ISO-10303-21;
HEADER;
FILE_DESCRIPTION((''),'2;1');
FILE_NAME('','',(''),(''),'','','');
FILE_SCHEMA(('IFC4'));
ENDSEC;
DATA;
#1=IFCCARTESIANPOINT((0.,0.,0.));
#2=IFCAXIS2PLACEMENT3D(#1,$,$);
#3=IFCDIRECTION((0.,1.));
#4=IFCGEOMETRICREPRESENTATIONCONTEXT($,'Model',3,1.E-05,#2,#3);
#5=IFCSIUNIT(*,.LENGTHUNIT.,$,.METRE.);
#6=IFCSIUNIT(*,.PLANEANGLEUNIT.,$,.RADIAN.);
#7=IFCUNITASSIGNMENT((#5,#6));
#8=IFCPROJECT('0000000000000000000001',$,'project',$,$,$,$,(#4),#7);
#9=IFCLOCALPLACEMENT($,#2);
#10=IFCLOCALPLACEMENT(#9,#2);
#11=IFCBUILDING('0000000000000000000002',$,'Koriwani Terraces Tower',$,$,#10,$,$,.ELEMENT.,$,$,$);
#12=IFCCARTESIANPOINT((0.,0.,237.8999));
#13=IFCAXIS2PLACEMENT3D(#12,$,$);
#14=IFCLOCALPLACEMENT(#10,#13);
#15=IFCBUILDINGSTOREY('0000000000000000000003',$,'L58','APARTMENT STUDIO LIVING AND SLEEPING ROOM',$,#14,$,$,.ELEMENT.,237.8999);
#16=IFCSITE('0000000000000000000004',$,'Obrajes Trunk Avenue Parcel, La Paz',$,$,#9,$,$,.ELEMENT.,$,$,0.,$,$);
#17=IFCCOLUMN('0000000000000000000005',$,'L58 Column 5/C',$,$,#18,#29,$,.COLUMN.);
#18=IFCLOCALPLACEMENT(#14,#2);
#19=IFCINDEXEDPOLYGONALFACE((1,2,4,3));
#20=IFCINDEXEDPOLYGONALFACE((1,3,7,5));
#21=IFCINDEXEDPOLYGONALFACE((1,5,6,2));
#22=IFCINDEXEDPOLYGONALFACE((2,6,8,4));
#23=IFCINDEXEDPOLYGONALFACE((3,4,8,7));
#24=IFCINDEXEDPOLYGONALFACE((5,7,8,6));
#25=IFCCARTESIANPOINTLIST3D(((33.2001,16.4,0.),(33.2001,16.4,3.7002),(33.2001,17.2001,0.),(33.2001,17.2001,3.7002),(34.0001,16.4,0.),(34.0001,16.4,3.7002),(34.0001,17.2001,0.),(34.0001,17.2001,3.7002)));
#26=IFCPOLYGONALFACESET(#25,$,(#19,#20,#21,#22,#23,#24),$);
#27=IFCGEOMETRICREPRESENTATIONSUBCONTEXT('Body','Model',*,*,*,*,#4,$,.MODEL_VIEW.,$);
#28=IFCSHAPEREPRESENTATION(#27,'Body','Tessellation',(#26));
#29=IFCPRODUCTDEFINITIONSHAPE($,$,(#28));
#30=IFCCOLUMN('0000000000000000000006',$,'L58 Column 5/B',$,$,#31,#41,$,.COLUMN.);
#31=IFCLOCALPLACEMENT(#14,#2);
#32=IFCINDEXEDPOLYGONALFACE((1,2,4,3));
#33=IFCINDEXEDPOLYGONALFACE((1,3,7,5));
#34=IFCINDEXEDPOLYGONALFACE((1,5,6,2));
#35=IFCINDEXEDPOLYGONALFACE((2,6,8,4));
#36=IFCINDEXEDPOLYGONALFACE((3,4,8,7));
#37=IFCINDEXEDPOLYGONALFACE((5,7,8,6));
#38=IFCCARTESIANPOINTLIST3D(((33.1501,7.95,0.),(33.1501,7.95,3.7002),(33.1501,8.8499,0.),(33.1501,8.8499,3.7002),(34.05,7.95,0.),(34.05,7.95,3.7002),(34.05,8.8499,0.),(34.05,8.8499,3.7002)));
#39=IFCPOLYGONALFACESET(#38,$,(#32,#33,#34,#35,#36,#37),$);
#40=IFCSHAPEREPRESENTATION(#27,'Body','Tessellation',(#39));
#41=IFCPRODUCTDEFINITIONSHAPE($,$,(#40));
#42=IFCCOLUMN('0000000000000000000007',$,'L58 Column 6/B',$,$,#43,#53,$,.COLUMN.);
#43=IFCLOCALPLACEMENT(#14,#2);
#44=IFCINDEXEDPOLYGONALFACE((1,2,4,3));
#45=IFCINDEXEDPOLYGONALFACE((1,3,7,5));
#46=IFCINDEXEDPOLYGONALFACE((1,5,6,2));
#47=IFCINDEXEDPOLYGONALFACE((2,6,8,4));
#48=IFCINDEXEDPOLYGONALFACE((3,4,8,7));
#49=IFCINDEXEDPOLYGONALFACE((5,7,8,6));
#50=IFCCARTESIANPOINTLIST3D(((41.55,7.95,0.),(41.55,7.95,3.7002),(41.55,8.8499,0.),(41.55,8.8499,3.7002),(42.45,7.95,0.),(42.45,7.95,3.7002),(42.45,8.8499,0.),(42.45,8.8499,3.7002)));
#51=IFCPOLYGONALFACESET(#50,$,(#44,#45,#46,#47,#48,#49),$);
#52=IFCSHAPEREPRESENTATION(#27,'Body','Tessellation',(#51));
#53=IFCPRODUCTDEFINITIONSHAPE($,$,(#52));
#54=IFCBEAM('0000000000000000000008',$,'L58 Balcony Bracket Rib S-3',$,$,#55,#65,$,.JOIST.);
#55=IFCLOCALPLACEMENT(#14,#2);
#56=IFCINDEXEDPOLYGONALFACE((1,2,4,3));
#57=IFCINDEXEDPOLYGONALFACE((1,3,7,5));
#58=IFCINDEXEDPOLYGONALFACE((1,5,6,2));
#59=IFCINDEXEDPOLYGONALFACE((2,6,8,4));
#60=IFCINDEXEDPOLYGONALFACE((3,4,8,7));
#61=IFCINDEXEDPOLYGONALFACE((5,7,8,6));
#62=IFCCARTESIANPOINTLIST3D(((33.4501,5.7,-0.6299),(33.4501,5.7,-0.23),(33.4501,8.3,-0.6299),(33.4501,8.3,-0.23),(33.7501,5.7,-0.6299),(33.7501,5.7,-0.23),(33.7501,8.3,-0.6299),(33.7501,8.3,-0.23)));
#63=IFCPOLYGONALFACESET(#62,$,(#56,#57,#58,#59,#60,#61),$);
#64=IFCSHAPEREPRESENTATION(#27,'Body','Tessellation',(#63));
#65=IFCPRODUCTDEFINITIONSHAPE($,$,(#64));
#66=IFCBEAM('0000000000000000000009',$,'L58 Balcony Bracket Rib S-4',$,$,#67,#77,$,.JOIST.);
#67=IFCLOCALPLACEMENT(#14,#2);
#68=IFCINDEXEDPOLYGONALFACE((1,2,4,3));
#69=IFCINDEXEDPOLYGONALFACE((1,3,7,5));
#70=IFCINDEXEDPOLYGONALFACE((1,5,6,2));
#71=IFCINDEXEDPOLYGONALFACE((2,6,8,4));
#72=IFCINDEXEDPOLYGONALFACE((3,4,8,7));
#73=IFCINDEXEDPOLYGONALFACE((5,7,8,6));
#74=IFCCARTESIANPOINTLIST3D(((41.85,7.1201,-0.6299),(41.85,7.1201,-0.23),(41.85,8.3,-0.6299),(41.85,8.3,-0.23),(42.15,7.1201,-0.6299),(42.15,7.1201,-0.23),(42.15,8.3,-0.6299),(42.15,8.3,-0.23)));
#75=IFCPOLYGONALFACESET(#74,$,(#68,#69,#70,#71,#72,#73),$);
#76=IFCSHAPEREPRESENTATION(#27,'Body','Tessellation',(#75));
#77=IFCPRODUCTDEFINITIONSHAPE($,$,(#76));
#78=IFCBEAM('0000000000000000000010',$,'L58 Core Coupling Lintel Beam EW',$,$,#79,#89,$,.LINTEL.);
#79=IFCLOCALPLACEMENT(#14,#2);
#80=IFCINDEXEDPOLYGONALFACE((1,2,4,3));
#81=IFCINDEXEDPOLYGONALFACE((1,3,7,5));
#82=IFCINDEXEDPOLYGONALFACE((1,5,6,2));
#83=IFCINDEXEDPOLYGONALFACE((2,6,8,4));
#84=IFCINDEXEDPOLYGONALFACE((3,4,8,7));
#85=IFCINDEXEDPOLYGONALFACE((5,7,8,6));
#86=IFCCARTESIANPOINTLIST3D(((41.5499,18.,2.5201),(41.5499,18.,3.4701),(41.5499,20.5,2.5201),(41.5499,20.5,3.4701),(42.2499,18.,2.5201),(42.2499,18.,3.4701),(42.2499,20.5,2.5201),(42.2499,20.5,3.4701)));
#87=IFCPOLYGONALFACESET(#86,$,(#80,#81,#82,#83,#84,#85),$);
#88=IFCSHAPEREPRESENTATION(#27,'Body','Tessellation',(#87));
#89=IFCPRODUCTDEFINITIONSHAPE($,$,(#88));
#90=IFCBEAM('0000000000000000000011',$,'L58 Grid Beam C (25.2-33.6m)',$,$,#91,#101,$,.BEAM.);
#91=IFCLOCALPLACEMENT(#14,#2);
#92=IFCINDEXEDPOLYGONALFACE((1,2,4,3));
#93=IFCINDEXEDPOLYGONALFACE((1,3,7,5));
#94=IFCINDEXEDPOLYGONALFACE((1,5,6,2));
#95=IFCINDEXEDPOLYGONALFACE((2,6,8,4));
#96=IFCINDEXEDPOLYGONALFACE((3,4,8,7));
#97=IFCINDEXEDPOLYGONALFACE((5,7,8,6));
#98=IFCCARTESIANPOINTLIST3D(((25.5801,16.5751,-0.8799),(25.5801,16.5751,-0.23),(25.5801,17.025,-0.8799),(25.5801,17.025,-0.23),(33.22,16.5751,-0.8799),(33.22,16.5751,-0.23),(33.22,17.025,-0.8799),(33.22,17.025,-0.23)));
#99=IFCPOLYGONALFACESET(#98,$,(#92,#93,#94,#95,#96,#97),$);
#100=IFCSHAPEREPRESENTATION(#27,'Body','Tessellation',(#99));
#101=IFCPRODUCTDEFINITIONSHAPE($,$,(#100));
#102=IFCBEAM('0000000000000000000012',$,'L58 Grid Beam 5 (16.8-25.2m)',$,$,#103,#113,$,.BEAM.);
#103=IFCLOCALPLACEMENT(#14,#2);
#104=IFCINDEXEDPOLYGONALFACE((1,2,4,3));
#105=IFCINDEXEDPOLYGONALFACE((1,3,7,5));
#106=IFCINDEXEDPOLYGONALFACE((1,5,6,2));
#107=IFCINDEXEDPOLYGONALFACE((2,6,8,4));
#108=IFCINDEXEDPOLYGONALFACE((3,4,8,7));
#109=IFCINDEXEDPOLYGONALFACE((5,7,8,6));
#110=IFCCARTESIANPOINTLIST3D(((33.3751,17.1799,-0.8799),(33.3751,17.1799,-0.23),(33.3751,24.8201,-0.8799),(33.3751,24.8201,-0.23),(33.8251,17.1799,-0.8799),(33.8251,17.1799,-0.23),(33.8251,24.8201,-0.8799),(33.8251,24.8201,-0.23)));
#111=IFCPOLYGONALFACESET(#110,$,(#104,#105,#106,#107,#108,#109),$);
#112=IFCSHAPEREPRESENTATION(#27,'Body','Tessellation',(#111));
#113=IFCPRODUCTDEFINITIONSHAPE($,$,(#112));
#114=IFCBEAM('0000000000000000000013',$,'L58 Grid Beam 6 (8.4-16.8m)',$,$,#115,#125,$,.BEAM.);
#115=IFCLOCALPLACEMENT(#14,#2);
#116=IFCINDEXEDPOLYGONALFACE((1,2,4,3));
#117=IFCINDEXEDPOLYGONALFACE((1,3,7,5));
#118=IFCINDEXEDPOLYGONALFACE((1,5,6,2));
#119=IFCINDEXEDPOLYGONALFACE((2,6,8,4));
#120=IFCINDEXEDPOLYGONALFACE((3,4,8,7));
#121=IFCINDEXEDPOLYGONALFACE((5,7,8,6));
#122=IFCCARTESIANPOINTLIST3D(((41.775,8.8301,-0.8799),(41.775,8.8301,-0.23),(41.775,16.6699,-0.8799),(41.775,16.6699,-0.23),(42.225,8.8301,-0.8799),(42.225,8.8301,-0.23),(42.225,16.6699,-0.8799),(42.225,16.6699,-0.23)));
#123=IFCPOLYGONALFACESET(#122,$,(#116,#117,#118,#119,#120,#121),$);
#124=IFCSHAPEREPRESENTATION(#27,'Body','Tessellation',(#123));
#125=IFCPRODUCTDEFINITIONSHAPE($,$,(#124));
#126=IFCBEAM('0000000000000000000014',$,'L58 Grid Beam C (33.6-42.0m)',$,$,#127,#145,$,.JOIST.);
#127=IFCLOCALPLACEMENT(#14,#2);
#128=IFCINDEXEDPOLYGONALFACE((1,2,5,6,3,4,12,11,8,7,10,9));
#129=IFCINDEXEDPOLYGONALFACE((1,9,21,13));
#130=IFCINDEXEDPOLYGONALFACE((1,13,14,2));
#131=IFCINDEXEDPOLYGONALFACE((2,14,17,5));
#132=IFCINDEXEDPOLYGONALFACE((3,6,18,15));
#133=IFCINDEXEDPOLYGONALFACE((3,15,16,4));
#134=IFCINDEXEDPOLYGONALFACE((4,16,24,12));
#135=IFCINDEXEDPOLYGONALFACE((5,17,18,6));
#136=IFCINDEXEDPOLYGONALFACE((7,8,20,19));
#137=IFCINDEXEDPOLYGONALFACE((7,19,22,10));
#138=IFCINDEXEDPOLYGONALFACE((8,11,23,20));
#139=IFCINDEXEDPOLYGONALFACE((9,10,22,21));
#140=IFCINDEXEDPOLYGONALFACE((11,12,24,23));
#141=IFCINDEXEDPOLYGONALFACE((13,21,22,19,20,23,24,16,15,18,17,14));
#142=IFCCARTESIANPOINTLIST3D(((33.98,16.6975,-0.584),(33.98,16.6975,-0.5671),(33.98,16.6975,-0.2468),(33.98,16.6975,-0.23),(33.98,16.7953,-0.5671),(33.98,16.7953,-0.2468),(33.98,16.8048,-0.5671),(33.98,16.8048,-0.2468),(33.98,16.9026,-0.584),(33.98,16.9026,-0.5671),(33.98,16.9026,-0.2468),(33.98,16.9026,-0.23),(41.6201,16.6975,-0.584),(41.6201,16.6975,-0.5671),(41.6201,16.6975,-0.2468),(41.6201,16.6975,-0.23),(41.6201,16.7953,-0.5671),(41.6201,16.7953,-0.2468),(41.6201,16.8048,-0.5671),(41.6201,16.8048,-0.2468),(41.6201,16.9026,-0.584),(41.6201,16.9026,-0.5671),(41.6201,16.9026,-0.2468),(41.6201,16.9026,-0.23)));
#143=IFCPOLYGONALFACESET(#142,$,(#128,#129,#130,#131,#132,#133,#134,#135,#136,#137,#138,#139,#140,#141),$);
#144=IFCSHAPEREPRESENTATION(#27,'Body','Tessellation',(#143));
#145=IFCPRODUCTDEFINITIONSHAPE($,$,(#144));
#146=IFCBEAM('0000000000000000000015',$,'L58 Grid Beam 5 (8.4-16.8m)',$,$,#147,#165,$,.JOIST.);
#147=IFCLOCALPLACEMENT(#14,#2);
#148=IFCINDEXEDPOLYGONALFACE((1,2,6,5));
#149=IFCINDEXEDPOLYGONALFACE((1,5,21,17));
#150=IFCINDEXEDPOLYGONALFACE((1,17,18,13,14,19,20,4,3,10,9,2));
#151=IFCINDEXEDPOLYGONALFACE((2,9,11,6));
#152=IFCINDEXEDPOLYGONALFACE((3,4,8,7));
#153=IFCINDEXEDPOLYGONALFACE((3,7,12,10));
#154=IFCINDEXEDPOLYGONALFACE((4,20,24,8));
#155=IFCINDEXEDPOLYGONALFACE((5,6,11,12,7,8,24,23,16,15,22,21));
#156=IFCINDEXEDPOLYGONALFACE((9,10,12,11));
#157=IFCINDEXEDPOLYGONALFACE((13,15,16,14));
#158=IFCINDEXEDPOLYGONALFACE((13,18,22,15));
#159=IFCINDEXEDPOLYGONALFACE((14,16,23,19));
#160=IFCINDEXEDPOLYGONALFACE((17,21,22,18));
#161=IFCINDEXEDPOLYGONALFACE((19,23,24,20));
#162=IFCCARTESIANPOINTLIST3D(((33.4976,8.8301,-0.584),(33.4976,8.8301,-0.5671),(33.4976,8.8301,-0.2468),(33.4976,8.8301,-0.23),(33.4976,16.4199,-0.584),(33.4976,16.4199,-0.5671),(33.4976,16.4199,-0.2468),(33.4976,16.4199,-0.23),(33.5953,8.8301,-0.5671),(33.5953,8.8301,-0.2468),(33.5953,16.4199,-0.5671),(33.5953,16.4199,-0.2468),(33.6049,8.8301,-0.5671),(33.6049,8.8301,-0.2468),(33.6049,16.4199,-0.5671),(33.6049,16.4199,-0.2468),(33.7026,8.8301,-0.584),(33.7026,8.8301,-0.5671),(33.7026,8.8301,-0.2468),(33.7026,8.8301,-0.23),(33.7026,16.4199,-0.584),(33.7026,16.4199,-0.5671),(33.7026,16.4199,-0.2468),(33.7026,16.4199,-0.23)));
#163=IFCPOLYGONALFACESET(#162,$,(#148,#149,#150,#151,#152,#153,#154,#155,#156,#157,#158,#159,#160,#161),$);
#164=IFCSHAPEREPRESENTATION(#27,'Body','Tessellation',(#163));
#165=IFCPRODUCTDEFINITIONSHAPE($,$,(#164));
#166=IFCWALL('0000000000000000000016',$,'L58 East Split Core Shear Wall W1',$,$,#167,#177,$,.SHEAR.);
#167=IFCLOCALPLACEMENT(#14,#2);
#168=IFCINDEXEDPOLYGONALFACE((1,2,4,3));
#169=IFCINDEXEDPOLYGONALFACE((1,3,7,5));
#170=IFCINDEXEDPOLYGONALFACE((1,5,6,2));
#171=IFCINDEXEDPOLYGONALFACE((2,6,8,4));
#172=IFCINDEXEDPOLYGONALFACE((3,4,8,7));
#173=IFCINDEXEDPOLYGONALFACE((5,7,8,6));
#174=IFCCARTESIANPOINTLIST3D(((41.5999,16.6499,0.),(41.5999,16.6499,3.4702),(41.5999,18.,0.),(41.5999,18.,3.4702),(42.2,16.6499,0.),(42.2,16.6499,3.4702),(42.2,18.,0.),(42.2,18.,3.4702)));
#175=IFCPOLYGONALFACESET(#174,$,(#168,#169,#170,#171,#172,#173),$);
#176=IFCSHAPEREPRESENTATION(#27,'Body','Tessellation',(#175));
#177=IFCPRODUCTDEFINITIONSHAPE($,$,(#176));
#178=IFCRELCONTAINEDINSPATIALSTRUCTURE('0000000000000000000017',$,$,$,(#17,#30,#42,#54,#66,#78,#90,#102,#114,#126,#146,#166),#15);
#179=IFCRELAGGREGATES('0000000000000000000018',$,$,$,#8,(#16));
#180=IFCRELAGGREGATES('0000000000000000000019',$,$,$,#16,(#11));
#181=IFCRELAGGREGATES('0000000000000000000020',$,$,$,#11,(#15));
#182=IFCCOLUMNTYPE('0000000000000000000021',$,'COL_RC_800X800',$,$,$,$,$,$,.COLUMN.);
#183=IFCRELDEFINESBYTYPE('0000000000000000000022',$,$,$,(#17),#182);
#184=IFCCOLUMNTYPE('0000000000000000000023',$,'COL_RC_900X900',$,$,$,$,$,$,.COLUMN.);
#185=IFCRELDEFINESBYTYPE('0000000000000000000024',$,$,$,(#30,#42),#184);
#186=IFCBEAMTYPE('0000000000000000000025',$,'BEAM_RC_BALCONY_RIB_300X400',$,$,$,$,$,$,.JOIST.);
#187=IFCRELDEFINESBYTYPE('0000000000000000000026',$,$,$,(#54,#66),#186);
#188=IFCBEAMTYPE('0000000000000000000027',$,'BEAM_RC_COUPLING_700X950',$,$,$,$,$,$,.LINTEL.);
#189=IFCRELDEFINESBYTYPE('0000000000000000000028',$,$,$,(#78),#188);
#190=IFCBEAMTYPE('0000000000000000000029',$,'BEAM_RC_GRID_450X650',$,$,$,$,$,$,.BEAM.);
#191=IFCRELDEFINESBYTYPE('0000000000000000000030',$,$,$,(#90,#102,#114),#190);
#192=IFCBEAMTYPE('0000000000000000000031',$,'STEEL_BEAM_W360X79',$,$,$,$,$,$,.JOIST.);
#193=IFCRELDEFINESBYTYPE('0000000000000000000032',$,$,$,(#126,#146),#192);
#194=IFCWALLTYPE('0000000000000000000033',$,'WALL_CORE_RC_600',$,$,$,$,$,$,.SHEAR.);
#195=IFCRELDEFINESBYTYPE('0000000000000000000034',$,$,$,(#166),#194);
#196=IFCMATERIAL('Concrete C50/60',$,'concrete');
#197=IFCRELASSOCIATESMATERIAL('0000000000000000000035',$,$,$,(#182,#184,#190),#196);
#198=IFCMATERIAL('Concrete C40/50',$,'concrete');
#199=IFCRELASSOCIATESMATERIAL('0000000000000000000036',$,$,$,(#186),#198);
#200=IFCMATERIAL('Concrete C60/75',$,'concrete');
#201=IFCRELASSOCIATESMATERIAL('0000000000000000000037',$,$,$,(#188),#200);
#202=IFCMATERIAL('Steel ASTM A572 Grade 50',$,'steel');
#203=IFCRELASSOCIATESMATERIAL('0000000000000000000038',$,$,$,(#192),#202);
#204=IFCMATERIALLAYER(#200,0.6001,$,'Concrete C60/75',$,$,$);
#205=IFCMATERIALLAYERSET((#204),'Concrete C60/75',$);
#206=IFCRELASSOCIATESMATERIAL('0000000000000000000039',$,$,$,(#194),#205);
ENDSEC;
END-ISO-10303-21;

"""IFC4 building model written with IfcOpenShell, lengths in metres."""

from ifc_helpers import new_model, si_unit, direction, frame, frame_2d, origin, origin_2d, place, context, subcontext, project, spatial, rectangle, i_section, extrude, material, layer, layer_set, material_profile, profile_set, type_object, element, save


model = new_model("IFC4")

# Units and contexts
model_context = context("Model", 3, precision=1e-05, world=origin(), true_north=direction((0.0, 1.0)))
body_context = subcontext(model_context, "Body", "Model", "MODEL_VIEW")
ifc_project = project(units=[si_unit("LENGTHUNIT", "METRE"), si_unit("PLANEANGLEUNIT", "RADIAN")], contexts=[model_context])

# Site, building, storey
site_placement = place(None, origin())
site = spatial("IfcSite", under=ifc_project, at=site_placement, Name="Obrajes Trunk Avenue Parcel, La Paz", CompositionType="ELEMENT", RefElevation=0.0)
building_placement = place(site_placement, origin())
building = spatial("IfcBuilding", under=site, at=building_placement, Name="Koriwani Terraces Tower", CompositionType="ELEMENT")
storey_placement = place(building_placement, frame((0.0, 0.0, 237.8999)))
storey = spatial("IfcBuildingStorey", under=building, at=storey_placement, Name="L58", Description="APARTMENT STUDIO LIVING AND SLEEPING ROOM", CompositionType="ELEMENT", Elevation=237.8999)

# Columns
ifc_material_1 = material(Name="Concrete C50/60", Category="concrete")
ifc_material_profile_1 = material_profile(ifc_material_1, rectangle(XDim=0.8, YDim=0.8, at=origin_2d()), Name="Concrete C50/60", Category="LoadBearing")
ifc_profile_set_1 = profile_set([ifc_material_profile_1], Name="Concrete C50/60")
column_type_1 = type_object("IfcColumnType", Name="COL_RC_800X800", PredefinedType="COLUMN", material=ifc_profile_set_1)
column_placement = place(storey_placement, frame((33.6001, 16.8, 0.0), z_axis=(0.0, 0.0, 1.0), x_axis=(1.0, 0.0, 0.0)))
element("IfcColumn", 1, at=column_placement, inside=storey, type_object=column_type_1, Name="L58 Column 5/C", PredefinedType="COLUMN", context=body_context, shape_type="SweptSolid", body=[
    extrude(rectangle(XDim=0.8, YDim=0.8, at=origin_2d()), origin(), (0.0, 0.0, 1.0), 3.7002),
])
ifc_material_profile_2 = material_profile(ifc_material_1, rectangle(XDim=0.8999, YDim=0.8999, at=origin_2d()), Name="Concrete C50/60", Category="LoadBearing")
ifc_profile_set_2 = profile_set([ifc_material_profile_2], Name="Concrete C50/60")
column_type_2 = type_object("IfcColumnType", Name="COL_RC_900X900", PredefinedType="COLUMN", material=ifc_profile_set_2)
for number, where, z_axis, x_axis, name in (
    (2, (33.6001, 8.3999, 0.0), (0.0, 0.0, 1.0), (1.0, 0.0, 0.0), "L58 Column 5/B"),
    (3, (42.0, 8.3999, 0.0), (0.0, 0.0, 1.0), (1.0, 0.0, 0.0), "L58 Column 6/B"),
):
    element("IfcColumn", number, at=place(storey_placement, frame(where, z_axis=z_axis, x_axis=x_axis)), inside=storey, type_object=column_type_2, Name=name, PredefinedType="COLUMN", context=body_context, shape_type="SweptSolid", body=[
        extrude(rectangle(XDim=0.8999, YDim=0.8999, at=origin_2d()), origin(), (0.0, 0.0, 1.0), 3.7002),
    ])

# Beams
ifc_material_2 = material(Name="Concrete C40/50", Category="concrete")
ifc_material_profile_3 = material_profile(ifc_material_2, rectangle(XDim=0.3, YDim=0.3999, at=origin_2d()), Name="Concrete C40/50", Category="LoadBearing")
ifc_profile_set_3 = profile_set([ifc_material_profile_3], Name="Concrete C40/50")
beam_type_1 = type_object("IfcBeamType", Name="BEAM_RC_BALCONY_RIB_300X400", PredefinedType="JOIST", material=ifc_profile_set_3)
beam_1_placement = place(storey_placement, frame((33.6001, 5.7, -0.4299), z_axis=(0.0, 1.0, 0.0), x_axis=(-1.0, 0.0, 0.0)))
element("IfcBeam", 4, at=beam_1_placement, inside=storey, type_object=beam_type_1, Name="L58 Balcony Bracket Rib S-3", PredefinedType="JOIST", context=body_context, shape_type="SweptSolid", body=[
    extrude(rectangle(XDim=0.3, YDim=0.3999, at=origin_2d()), origin(), (0.0, 0.0, 1.0), 2.6001),
])
beam_2_placement = place(storey_placement, frame((42.0, 7.1201, -0.4299), z_axis=(0.0, 1.0, 0.0), x_axis=(-1.0, 0.0, 0.0)))
element("IfcBeam", 5, at=beam_2_placement, inside=storey, type_object=beam_type_1, Name="L58 Balcony Bracket Rib S-4", PredefinedType="JOIST", context=body_context, shape_type="SweptSolid", body=[
    extrude(rectangle(XDim=0.3, YDim=0.3999, at=origin_2d()), origin(), (0.0, 0.0, 1.0), 1.1799),
])
ifc_material_3 = material(Name="Concrete C60/75", Category="concrete")
ifc_material_profile_4 = material_profile(ifc_material_3, rectangle(XDim=0.7, YDim=0.95, at=origin_2d()), Name="Concrete C60/75", Category="LoadBearing")
ifc_profile_set_4 = profile_set([ifc_material_profile_4], Name="Concrete C60/75")
beam_type_2 = type_object("IfcBeamType", Name="BEAM_RC_COUPLING_700X950", PredefinedType="LINTEL", material=ifc_profile_set_4)
beam_3_placement = place(storey_placement, frame((41.8999, 18.0, 2.9951), z_axis=(0.0, 1.0, 0.0), x_axis=(-1.0, 0.0, 0.0)))
element("IfcBeam", 6, at=beam_3_placement, inside=storey, type_object=beam_type_2, Name="L58 Core Coupling Lintel Beam EW", PredefinedType="LINTEL", context=body_context, shape_type="SweptSolid", body=[
    extrude(rectangle(XDim=0.7, YDim=0.95, at=origin_2d()), origin(), (0.0, 0.0, 1.0), 2.5),
])
ifc_material_profile_5 = material_profile(ifc_material_1, rectangle(XDim=0.45, YDim=0.6499, at=origin_2d()), Name="Concrete C50/60", Category="LoadBearing")
ifc_profile_set_5 = profile_set([ifc_material_profile_5], Name="Concrete C50/60")
beam_type_3 = type_object("IfcBeamType", Name="BEAM_RC_GRID_450X650", PredefinedType="BEAM", material=ifc_profile_set_5)
beam_4_placement = place(storey_placement, frame((25.5801, 16.8, -0.5549), z_axis=(1.0, 0.0, 0.0), x_axis=(0.0, 1.0, 0.0)))
element("IfcBeam", 7, at=beam_4_placement, inside=storey, type_object=beam_type_3, Name="L58 Grid Beam C (25.2-33.6m)", PredefinedType="BEAM", context=body_context, shape_type="SweptSolid", body=[
    extrude(rectangle(XDim=0.45, YDim=0.6499, at=origin_2d()), origin(), (0.0, 0.0, 1.0), 7.6399),
])
beam_5_placement = place(storey_placement, frame((33.6001, 17.1799, -0.5549), z_axis=(0.0, 1.0, 0.0), x_axis=(-1.0, 0.0, 0.0)))
element("IfcBeam", 8, at=beam_5_placement, inside=storey, type_object=beam_type_3, Name="L58 Grid Beam 5 (16.8-25.2m)", PredefinedType="BEAM", context=body_context, shape_type="SweptSolid", body=[
    extrude(rectangle(XDim=0.45, YDim=0.6499, at=origin_2d()), origin(), (0.0, 0.0, 1.0), 7.6401),
])
beam_6_placement = place(storey_placement, frame((42.0, 8.8301, -0.5549), z_axis=(0.0, 1.0, 0.0), x_axis=(-1.0, 0.0, 0.0)))
element("IfcBeam", 9, at=beam_6_placement, inside=storey, type_object=beam_type_3, Name="L58 Grid Beam 6 (8.4-16.8m)", PredefinedType="BEAM", context=body_context, shape_type="SweptSolid", body=[
    extrude(rectangle(XDim=0.45, YDim=0.6499, at=origin_2d()), origin(), (0.0, 0.0, 1.0), 7.8398),
])
ifc_material_4 = material(Name="Steel ASTM A572 Grade 50", Category="steel")
ifc_material_profile_6 = material_profile(ifc_material_4, i_section(OverallWidth=0.2051, OverallDepth=0.354, WebThickness=0.0095, FlangeThickness=0.0168, at=origin_2d()), Name="Steel ASTM A572 Grade 50", Category="LoadBearing")
ifc_profile_set_6 = profile_set([ifc_material_profile_6], Name="Steel ASTM A572 Grade 50")
beam_type_4 = type_object("IfcBeamType", Name="STEEL_BEAM_W360X79", PredefinedType="JOIST", material=ifc_profile_set_6)
beam_7_placement = place(storey_placement, frame((33.98, 16.8, -0.407), z_axis=(1.0, 0.0, 0.0), x_axis=(0.0, 1.0, 0.0)))
element("IfcBeam", 10, at=beam_7_placement, inside=storey, type_object=beam_type_4, Name="L58 Grid Beam C (33.6-42.0m)", PredefinedType="JOIST", context=body_context, shape_type="SweptSolid", body=[
    extrude(i_section(OverallWidth=0.2051, OverallDepth=0.354, WebThickness=0.0095, FlangeThickness=0.0168, at=origin_2d()), origin(), (0.0, 0.0, 1.0), 7.6401),
])
beam_8_placement = place(storey_placement, frame((33.6001, 8.8301, -0.407), z_axis=(0.0, 1.0, 0.0), x_axis=(-1.0, 0.0, 0.0)))
element("IfcBeam", 11, at=beam_8_placement, inside=storey, type_object=beam_type_4, Name="L58 Grid Beam 5 (8.4-16.8m)", PredefinedType="JOIST", context=body_context, shape_type="SweptSolid", body=[
    extrude(i_section(OverallWidth=0.2051, OverallDepth=0.354, WebThickness=0.0095, FlangeThickness=0.0168, at=origin_2d()), origin(), (0.0, 0.0, 1.0), 7.5898),
])

# Wall
ifc_layer_1 = layer(ifc_material_3, 0.6001, Name="Concrete C60/75")
ifc_layer_set_1 = layer_set([ifc_layer_1], Name="Concrete C60/75")
wall_type_1 = type_object("IfcWallType", Name="WALL_CORE_RC_600", PredefinedType="SHEAR", material=ifc_layer_set_1)
wall_1_placement = place(storey_placement, frame((41.8999, 16.6499, 0.0), z_axis=(0.0, 0.0, 1.0), x_axis=(0.0, 1.0, 0.0)))
element("IfcWall", 12, at=wall_1_placement, inside=storey, type_object=wall_type_1, Name="L58 East Split Core Shear Wall W1", PredefinedType="SHEAR", context=body_context, shape_type="SweptSolid", body=[
    extrude(rectangle(XDim=1.3501, YDim=0.6001, at=frame_2d((0.675, 0.0))), origin(), (0.0, 0.0, 1.0), 3.4702),
])

save(model, "model.ifc")
